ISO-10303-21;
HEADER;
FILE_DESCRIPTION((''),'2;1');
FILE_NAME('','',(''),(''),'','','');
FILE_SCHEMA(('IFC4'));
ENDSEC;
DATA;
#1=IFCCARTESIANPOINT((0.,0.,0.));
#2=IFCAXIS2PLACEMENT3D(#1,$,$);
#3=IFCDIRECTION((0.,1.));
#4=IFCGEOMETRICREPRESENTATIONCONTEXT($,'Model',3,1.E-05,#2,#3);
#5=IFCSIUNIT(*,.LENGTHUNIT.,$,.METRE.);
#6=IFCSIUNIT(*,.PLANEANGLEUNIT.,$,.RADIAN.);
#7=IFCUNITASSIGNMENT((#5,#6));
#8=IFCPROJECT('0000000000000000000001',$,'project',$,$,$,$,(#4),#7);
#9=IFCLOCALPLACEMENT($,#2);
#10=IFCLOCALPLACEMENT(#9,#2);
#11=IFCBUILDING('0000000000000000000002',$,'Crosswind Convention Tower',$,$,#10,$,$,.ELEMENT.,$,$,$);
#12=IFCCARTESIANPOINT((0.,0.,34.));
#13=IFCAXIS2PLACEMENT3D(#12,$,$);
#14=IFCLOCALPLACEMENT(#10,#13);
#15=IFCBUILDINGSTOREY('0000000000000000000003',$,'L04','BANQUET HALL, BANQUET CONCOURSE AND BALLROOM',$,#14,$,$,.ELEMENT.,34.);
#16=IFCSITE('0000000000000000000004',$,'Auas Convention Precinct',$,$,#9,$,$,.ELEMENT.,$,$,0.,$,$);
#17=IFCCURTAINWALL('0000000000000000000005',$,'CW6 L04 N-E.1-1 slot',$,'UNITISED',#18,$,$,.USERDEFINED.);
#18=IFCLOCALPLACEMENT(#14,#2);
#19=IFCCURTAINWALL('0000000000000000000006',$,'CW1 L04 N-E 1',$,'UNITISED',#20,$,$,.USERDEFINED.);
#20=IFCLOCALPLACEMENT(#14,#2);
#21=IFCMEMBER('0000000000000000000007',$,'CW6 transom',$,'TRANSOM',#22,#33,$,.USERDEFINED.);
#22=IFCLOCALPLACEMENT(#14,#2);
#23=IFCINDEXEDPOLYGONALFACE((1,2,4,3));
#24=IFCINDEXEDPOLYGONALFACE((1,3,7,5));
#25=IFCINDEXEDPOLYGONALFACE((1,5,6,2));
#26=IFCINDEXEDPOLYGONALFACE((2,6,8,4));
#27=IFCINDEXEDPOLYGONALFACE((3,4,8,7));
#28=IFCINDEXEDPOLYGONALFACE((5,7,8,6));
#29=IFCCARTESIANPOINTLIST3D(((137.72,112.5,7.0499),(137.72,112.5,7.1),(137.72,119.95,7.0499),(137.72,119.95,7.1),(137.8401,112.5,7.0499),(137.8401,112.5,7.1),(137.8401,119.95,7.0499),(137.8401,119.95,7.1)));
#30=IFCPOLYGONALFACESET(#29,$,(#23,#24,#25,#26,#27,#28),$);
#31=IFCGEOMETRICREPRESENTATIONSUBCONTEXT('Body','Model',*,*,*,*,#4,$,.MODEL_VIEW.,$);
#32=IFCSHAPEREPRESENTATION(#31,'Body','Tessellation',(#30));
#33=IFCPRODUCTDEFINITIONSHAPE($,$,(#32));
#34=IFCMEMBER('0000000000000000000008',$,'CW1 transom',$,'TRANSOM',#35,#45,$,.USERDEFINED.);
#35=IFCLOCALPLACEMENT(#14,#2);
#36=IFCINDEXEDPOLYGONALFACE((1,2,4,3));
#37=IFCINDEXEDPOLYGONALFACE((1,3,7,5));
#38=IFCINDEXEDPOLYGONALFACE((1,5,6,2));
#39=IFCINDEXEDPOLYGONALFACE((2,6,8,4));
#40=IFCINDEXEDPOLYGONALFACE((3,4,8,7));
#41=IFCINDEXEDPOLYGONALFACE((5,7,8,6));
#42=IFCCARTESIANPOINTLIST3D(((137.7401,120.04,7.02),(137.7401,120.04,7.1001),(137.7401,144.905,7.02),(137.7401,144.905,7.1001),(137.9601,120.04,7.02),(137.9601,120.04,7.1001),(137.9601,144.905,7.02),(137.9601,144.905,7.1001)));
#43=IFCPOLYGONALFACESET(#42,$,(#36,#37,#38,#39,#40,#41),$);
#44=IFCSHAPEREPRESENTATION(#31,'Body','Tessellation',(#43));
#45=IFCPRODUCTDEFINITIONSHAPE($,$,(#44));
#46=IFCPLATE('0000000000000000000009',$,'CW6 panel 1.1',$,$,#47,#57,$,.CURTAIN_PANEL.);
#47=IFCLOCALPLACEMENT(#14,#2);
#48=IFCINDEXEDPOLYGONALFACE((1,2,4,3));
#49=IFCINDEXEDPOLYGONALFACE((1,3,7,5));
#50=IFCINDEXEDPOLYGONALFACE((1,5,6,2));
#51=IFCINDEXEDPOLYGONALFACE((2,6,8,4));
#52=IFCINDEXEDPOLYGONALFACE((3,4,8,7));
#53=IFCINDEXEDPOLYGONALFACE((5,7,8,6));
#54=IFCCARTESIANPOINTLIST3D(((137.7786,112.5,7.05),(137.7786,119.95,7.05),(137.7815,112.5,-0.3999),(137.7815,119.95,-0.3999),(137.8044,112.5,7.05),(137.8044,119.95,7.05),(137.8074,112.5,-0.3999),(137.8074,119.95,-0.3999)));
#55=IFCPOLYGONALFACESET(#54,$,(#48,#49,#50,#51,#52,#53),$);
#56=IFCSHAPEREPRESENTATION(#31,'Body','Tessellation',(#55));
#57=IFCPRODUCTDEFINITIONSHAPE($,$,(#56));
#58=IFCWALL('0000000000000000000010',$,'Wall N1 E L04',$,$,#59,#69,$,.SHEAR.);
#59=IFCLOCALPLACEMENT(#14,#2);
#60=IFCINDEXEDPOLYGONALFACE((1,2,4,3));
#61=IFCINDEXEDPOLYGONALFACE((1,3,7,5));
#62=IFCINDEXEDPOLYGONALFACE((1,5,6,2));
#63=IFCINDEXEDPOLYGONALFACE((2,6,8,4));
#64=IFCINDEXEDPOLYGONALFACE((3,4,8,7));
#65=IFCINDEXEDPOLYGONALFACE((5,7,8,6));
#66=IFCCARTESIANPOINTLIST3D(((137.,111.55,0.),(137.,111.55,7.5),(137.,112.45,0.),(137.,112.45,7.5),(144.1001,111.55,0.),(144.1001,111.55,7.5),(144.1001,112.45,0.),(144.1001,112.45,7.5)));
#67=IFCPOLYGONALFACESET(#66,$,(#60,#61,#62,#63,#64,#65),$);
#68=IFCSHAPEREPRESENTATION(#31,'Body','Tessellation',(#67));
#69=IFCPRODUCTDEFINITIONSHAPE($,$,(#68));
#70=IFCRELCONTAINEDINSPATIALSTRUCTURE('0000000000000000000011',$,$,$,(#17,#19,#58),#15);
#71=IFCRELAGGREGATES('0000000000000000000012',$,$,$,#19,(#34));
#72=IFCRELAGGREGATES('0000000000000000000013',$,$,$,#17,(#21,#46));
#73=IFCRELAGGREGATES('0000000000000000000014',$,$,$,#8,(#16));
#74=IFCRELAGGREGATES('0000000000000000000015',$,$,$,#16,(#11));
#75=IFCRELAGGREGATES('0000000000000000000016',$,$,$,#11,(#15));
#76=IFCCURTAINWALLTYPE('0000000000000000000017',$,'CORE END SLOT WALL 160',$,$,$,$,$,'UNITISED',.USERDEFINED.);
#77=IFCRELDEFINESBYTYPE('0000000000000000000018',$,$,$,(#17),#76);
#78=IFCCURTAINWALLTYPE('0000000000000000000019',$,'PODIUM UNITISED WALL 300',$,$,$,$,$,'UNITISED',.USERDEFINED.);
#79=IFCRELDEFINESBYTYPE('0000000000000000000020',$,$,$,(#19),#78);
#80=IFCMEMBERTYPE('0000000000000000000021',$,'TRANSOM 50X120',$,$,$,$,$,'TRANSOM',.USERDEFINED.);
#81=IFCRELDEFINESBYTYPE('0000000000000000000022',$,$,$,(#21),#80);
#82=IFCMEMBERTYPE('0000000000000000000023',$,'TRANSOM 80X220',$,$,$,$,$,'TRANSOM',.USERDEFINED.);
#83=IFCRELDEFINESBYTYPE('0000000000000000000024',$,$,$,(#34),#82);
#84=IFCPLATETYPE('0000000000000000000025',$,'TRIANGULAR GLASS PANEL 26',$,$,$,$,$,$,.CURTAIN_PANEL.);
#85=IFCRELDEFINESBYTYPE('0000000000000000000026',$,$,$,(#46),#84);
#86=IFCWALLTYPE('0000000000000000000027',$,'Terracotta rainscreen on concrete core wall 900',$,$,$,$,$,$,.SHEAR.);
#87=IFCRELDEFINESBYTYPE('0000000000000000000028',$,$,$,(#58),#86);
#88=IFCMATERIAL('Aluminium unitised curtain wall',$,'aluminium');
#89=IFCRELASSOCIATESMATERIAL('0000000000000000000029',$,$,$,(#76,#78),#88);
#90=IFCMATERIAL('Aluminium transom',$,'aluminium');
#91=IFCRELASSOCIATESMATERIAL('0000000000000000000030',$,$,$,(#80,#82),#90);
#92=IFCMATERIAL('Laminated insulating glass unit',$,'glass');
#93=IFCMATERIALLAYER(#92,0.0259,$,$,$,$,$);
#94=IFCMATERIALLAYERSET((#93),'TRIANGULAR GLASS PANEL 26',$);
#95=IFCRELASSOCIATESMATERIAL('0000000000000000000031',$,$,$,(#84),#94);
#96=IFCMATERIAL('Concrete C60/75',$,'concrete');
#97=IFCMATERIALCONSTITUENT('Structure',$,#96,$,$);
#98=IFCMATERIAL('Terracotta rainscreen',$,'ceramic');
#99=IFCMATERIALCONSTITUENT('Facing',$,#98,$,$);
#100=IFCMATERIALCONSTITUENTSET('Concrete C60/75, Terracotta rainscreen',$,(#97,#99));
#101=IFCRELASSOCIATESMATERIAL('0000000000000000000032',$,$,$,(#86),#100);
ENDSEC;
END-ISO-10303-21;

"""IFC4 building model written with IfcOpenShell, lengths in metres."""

from ifc_helpers import new_model, si_unit, direction, frame, frame_2d, origin, origin_2d, place, context, subcontext, project, spatial, polyline, rectangle, outline, extrude, material, layer, layer_set, constituent, constituent_set, material_profile, profile_set, type_object, element, aggregate, save


model = new_model("IFC4")

# Units and contexts
model_context = context("Model", 3, precision=1e-05, world=origin(), true_north=direction((0.0, 1.0)))
body_context = subcontext(model_context, "Body", "Model", "MODEL_VIEW")
ifc_project = project(units=[si_unit("LENGTHUNIT", "METRE"), si_unit("PLANEANGLEUNIT", "RADIAN")], contexts=[model_context])

# Site, building, storey
site_placement = place(None, origin())
site = spatial("IfcSite", under=ifc_project, at=site_placement, Name="Auas Convention Precinct", CompositionType="ELEMENT", RefElevation=0.0)
building_placement = place(site_placement, origin())
building = spatial("IfcBuilding", under=site, at=building_placement, Name="Crosswind Convention Tower", CompositionType="ELEMENT")
storey_placement = place(building_placement, frame((0.0, 0.0, 34.0)))
storey = spatial("IfcBuildingStorey", under=building, at=storey_placement, Name="L04", Description="BANQUET HALL, BANQUET CONCOURSE AND BALLROOM", CompositionType="ELEMENT", Elevation=34.0)

# Curtain wall
ifc_material_1 = material(Name="Aluminium unitised curtain wall", Category="aluminium")
curtain_wall_type_1 = type_object("IfcCurtainWallType", Name="CORE END SLOT WALL 160", ElementType="UNITISED", PredefinedType="USERDEFINED", material=ifc_material_1)
curtain_wall_1_placement = place(storey_placement, origin())
curtain_wall_1 = element("IfcCurtainWall", 1, at=curtain_wall_1_placement, inside=storey, type_object=curtain_wall_type_1, Name="CW6 L04 N-E.1-1 slot", ObjectType="UNITISED", PredefinedType="USERDEFINED")

# Curtain wall
curtain_wall_type_2 = type_object("IfcCurtainWallType", Name="PODIUM UNITISED WALL 300", ElementType="UNITISED", PredefinedType="USERDEFINED", material=ifc_material_1)
curtain_wall_2_placement = place(storey_placement, origin())
curtain_wall_2 = element("IfcCurtainWall", 2, at=curtain_wall_2_placement, inside=storey, type_object=curtain_wall_type_2, Name="CW1 L04 N-E 1", ObjectType="UNITISED", PredefinedType="USERDEFINED")

# Members
ifc_material_2 = material(Name="Aluminium transom", Category="aluminium")
ifc_material_profile_1 = material_profile(ifc_material_2, rectangle(XDim=0.1201, YDim=0.05, at=origin_2d()), Name="AL 120X50")
ifc_profile_set_1 = profile_set([ifc_material_profile_1], Name="Aluminium transom")
member_type_1 = type_object("IfcMemberType", Name="TRANSOM 50X120", ElementType="TRANSOM", PredefinedType="USERDEFINED", material=ifc_profile_set_1)
member_1_placement = place(storey_placement, frame((137.78, 112.5, 7.075), z_axis=(0.0, 1.0, 0.0), x_axis=(-1.0, 0.0, 0.0)))
member_1 = element("IfcMember", 3, at=member_1_placement, type_object=member_type_1, Name="CW6 transom", ObjectType="TRANSOM", PredefinedType="USERDEFINED", context=body_context, shape_type="SweptSolid", body=[
    extrude(rectangle(XDim=0.1201, YDim=0.05, at=origin_2d()), origin(), (0.0, 0.0, 1.0), 7.45),
])
ifc_material_profile_2 = material_profile(ifc_material_2, rectangle(XDim=0.22, YDim=0.0801, at=origin_2d()), Name="AL 220X80")
ifc_profile_set_2 = profile_set([ifc_material_profile_2], Name="Aluminium transom")
member_type_2 = type_object("IfcMemberType", Name="TRANSOM 80X220", ElementType="TRANSOM", PredefinedType="USERDEFINED", material=ifc_profile_set_2)
member_2_placement = place(storey_placement, frame((137.8501, 120.04, 7.0601), z_axis=(0.0, 1.0, 0.0), x_axis=(-1.0, 0.0, 0.0)))
member_2 = element("IfcMember", 4, at=member_2_placement, type_object=member_type_2, Name="CW1 transom", ObjectType="TRANSOM", PredefinedType="USERDEFINED", context=body_context, shape_type="SweptSolid", body=[
    extrude(rectangle(XDim=0.22, YDim=0.0801, at=origin_2d()), origin(), (0.0, 0.0, 1.0), 24.865),
])
aggregate(curtain_wall_2, [member_2])

# Plate
ifc_material_3 = material(Name="Laminated insulating glass unit", Category="glass")
ifc_layer = layer(ifc_material_3, 0.0259)
ifc_layer_set = layer_set([ifc_layer], Name="TRIANGULAR GLASS PANEL 26")
plate_type = type_object("IfcPlateType", Name="TRIANGULAR GLASS PANEL 26", PredefinedType="CURTAIN_PANEL", material=ifc_layer_set)
plate_placement = place(storey_placement, frame((137.8074, 112.5, -0.3999), z_axis=(1.0, 0.0, 0.000393), x_axis=(0.0, 1.0, 0.0)))
plate = element("IfcPlate", 5, at=plate_placement, type_object=plate_type, Name="CW6 panel 1.1", PredefinedType="CURTAIN_PANEL", context=body_context, shape_type="SweptSolid", body=[
    extrude(outline(polyline([(0.0, 0.0), (7.45, 0.0), (7.45, 7.45), (0.0, 7.45), (0.0, 0.0)])), origin(), (0.0, 0.0, -1.0), 0.0259),
])
aggregate(curtain_wall_1, [member_1, plate])

# Wall
ifc_material_4 = material(Name="Concrete C60/75", Category="concrete")
ifc_constituent_1 = constituent(ifc_material_4, Name="Structure")
ifc_material_5 = material(Name="Terracotta rainscreen", Category="ceramic")
ifc_constituent_2 = constituent(ifc_material_5, Name="Facing")
ifc_constituent_set = constituent_set(constituents=[ifc_constituent_1, ifc_constituent_2], Name="Concrete C60/75, Terracotta rainscreen")
wall_type = type_object("IfcWallType", Name="Terracotta rainscreen on concrete core wall 900", PredefinedType="SHEAR", material=ifc_constituent_set)
wall_placement = place(storey_placement, frame((137.0, 112.0, 0.0), z_axis=(0.0, 0.0, 1.0), x_axis=(1.0, 0.0, 0.0)))
element("IfcWall", 6, at=wall_placement, inside=storey, type_object=wall_type, Name="Wall N1 E L04", PredefinedType="SHEAR", context=body_context, shape_type="SweptSolid", body=[
    extrude(rectangle(XDim=7.1001, YDim=0.8999, at=frame_2d((3.55, 0.0))), origin(), (0.0, 0.0, 1.0), 7.5),
])

save(model, "model.ifc")
